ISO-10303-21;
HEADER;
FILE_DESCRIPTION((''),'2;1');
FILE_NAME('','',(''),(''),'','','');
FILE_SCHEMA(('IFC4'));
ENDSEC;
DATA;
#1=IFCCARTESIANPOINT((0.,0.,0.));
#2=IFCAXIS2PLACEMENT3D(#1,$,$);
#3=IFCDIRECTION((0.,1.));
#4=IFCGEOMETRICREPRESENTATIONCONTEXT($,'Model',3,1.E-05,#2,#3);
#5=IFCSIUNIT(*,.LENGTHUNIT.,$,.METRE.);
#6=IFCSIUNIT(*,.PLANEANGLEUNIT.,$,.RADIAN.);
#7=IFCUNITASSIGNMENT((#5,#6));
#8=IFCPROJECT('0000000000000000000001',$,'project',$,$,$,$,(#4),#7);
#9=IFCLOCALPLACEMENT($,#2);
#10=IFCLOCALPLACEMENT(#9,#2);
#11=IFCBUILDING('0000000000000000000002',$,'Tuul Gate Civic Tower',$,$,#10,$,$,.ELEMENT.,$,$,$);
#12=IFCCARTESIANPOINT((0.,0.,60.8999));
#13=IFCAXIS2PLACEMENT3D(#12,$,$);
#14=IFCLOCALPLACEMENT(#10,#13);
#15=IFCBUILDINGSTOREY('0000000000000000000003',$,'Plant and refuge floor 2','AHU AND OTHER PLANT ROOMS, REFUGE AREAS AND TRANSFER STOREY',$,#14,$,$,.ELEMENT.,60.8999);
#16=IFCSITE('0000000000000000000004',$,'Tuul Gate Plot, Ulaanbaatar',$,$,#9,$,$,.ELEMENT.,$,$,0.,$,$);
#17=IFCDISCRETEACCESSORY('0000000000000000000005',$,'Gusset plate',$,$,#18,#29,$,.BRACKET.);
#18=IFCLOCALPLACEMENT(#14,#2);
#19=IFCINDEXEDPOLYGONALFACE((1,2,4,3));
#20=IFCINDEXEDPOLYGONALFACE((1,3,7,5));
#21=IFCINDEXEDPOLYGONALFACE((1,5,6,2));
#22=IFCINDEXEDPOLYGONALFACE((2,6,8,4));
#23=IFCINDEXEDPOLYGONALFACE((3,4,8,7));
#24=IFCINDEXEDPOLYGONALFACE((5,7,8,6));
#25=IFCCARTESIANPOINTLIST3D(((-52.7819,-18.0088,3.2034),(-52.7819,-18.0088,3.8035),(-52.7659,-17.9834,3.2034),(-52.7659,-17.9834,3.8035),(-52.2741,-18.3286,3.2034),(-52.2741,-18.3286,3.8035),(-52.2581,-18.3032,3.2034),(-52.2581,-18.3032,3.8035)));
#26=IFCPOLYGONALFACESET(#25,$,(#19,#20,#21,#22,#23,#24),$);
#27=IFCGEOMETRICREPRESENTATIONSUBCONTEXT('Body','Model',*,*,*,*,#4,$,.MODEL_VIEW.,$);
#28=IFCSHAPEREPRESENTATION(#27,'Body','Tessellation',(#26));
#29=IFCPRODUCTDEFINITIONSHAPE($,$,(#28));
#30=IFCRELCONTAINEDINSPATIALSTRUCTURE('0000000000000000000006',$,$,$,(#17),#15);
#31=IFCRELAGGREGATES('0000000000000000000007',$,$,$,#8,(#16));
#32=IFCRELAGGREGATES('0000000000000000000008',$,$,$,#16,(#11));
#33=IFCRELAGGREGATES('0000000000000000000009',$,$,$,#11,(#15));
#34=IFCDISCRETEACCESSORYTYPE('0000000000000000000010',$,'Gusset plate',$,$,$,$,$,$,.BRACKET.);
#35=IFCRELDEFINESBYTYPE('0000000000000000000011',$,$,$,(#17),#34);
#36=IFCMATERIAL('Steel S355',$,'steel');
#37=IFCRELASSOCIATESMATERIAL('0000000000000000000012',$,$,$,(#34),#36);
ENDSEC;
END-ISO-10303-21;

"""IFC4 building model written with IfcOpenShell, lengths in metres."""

from ifc_helpers import new_model, si_unit, direction, frame, origin, origin_2d, place, context, subcontext, project, spatial, rectangle, extrude, material, type_object, element, save


model = new_model("IFC4")

# Units and contexts
model_context = context("Model", 3, precision=1e-05, world=origin(), true_north=direction((0.0, 1.0)))
body_context = subcontext(model_context, "Body", "Model", "MODEL_VIEW")
ifc_project = project(units=[si_unit("LENGTHUNIT", "METRE"), si_unit("PLANEANGLEUNIT", "RADIAN")], contexts=[model_context])

# Site, building, storey
site_placement = place(None, origin())
site = spatial("IfcSite", under=ifc_project, at=site_placement, Name="Tuul Gate Plot, Ulaanbaatar", CompositionType="ELEMENT", RefElevation=0.0)
building_placement = place(site_placement, origin())
building = spatial("IfcBuilding", under=site, at=building_placement, Name="Tuul Gate Civic Tower", CompositionType="ELEMENT")
storey_placement = place(building_placement, frame((0.0, 0.0, 60.8999)))
storey = spatial("IfcBuildingStorey", under=building, at=storey_placement, Name="Plant and refuge floor 2", Description="AHU AND OTHER PLANT ROOMS, REFUGE AREAS AND TRANSFER STOREY", CompositionType="ELEMENT", Elevation=60.8999)

# Discrete accessory
ifc_material_1 = material(Name="Steel S355", Category="steel")
discrete_accessory_type = type_object("IfcDiscreteAccessoryType", Name="Gusset plate", PredefinedType="BRACKET", material=ifc_material_1)
discrete_accessory_placement = place(storey_placement, frame((-52.52, -18.156, 3.2034), z_axis=(0.0, 0.0, 1.0), x_axis=(-0.846187, 0.532886, 0.0)))
element("IfcDiscreteAccessory", 1, at=discrete_accessory_placement, inside=storey, type_object=discrete_accessory_type, Name="Gusset plate", PredefinedType="BRACKET", context=body_context, shape_type="SweptSolid", body=[
    extrude(rectangle(XDim=0.6001, YDim=0.03, at=origin_2d()), origin(), (0.0, 0.0, 1.0), 0.6001),
])

save(model, "model.ifc")
